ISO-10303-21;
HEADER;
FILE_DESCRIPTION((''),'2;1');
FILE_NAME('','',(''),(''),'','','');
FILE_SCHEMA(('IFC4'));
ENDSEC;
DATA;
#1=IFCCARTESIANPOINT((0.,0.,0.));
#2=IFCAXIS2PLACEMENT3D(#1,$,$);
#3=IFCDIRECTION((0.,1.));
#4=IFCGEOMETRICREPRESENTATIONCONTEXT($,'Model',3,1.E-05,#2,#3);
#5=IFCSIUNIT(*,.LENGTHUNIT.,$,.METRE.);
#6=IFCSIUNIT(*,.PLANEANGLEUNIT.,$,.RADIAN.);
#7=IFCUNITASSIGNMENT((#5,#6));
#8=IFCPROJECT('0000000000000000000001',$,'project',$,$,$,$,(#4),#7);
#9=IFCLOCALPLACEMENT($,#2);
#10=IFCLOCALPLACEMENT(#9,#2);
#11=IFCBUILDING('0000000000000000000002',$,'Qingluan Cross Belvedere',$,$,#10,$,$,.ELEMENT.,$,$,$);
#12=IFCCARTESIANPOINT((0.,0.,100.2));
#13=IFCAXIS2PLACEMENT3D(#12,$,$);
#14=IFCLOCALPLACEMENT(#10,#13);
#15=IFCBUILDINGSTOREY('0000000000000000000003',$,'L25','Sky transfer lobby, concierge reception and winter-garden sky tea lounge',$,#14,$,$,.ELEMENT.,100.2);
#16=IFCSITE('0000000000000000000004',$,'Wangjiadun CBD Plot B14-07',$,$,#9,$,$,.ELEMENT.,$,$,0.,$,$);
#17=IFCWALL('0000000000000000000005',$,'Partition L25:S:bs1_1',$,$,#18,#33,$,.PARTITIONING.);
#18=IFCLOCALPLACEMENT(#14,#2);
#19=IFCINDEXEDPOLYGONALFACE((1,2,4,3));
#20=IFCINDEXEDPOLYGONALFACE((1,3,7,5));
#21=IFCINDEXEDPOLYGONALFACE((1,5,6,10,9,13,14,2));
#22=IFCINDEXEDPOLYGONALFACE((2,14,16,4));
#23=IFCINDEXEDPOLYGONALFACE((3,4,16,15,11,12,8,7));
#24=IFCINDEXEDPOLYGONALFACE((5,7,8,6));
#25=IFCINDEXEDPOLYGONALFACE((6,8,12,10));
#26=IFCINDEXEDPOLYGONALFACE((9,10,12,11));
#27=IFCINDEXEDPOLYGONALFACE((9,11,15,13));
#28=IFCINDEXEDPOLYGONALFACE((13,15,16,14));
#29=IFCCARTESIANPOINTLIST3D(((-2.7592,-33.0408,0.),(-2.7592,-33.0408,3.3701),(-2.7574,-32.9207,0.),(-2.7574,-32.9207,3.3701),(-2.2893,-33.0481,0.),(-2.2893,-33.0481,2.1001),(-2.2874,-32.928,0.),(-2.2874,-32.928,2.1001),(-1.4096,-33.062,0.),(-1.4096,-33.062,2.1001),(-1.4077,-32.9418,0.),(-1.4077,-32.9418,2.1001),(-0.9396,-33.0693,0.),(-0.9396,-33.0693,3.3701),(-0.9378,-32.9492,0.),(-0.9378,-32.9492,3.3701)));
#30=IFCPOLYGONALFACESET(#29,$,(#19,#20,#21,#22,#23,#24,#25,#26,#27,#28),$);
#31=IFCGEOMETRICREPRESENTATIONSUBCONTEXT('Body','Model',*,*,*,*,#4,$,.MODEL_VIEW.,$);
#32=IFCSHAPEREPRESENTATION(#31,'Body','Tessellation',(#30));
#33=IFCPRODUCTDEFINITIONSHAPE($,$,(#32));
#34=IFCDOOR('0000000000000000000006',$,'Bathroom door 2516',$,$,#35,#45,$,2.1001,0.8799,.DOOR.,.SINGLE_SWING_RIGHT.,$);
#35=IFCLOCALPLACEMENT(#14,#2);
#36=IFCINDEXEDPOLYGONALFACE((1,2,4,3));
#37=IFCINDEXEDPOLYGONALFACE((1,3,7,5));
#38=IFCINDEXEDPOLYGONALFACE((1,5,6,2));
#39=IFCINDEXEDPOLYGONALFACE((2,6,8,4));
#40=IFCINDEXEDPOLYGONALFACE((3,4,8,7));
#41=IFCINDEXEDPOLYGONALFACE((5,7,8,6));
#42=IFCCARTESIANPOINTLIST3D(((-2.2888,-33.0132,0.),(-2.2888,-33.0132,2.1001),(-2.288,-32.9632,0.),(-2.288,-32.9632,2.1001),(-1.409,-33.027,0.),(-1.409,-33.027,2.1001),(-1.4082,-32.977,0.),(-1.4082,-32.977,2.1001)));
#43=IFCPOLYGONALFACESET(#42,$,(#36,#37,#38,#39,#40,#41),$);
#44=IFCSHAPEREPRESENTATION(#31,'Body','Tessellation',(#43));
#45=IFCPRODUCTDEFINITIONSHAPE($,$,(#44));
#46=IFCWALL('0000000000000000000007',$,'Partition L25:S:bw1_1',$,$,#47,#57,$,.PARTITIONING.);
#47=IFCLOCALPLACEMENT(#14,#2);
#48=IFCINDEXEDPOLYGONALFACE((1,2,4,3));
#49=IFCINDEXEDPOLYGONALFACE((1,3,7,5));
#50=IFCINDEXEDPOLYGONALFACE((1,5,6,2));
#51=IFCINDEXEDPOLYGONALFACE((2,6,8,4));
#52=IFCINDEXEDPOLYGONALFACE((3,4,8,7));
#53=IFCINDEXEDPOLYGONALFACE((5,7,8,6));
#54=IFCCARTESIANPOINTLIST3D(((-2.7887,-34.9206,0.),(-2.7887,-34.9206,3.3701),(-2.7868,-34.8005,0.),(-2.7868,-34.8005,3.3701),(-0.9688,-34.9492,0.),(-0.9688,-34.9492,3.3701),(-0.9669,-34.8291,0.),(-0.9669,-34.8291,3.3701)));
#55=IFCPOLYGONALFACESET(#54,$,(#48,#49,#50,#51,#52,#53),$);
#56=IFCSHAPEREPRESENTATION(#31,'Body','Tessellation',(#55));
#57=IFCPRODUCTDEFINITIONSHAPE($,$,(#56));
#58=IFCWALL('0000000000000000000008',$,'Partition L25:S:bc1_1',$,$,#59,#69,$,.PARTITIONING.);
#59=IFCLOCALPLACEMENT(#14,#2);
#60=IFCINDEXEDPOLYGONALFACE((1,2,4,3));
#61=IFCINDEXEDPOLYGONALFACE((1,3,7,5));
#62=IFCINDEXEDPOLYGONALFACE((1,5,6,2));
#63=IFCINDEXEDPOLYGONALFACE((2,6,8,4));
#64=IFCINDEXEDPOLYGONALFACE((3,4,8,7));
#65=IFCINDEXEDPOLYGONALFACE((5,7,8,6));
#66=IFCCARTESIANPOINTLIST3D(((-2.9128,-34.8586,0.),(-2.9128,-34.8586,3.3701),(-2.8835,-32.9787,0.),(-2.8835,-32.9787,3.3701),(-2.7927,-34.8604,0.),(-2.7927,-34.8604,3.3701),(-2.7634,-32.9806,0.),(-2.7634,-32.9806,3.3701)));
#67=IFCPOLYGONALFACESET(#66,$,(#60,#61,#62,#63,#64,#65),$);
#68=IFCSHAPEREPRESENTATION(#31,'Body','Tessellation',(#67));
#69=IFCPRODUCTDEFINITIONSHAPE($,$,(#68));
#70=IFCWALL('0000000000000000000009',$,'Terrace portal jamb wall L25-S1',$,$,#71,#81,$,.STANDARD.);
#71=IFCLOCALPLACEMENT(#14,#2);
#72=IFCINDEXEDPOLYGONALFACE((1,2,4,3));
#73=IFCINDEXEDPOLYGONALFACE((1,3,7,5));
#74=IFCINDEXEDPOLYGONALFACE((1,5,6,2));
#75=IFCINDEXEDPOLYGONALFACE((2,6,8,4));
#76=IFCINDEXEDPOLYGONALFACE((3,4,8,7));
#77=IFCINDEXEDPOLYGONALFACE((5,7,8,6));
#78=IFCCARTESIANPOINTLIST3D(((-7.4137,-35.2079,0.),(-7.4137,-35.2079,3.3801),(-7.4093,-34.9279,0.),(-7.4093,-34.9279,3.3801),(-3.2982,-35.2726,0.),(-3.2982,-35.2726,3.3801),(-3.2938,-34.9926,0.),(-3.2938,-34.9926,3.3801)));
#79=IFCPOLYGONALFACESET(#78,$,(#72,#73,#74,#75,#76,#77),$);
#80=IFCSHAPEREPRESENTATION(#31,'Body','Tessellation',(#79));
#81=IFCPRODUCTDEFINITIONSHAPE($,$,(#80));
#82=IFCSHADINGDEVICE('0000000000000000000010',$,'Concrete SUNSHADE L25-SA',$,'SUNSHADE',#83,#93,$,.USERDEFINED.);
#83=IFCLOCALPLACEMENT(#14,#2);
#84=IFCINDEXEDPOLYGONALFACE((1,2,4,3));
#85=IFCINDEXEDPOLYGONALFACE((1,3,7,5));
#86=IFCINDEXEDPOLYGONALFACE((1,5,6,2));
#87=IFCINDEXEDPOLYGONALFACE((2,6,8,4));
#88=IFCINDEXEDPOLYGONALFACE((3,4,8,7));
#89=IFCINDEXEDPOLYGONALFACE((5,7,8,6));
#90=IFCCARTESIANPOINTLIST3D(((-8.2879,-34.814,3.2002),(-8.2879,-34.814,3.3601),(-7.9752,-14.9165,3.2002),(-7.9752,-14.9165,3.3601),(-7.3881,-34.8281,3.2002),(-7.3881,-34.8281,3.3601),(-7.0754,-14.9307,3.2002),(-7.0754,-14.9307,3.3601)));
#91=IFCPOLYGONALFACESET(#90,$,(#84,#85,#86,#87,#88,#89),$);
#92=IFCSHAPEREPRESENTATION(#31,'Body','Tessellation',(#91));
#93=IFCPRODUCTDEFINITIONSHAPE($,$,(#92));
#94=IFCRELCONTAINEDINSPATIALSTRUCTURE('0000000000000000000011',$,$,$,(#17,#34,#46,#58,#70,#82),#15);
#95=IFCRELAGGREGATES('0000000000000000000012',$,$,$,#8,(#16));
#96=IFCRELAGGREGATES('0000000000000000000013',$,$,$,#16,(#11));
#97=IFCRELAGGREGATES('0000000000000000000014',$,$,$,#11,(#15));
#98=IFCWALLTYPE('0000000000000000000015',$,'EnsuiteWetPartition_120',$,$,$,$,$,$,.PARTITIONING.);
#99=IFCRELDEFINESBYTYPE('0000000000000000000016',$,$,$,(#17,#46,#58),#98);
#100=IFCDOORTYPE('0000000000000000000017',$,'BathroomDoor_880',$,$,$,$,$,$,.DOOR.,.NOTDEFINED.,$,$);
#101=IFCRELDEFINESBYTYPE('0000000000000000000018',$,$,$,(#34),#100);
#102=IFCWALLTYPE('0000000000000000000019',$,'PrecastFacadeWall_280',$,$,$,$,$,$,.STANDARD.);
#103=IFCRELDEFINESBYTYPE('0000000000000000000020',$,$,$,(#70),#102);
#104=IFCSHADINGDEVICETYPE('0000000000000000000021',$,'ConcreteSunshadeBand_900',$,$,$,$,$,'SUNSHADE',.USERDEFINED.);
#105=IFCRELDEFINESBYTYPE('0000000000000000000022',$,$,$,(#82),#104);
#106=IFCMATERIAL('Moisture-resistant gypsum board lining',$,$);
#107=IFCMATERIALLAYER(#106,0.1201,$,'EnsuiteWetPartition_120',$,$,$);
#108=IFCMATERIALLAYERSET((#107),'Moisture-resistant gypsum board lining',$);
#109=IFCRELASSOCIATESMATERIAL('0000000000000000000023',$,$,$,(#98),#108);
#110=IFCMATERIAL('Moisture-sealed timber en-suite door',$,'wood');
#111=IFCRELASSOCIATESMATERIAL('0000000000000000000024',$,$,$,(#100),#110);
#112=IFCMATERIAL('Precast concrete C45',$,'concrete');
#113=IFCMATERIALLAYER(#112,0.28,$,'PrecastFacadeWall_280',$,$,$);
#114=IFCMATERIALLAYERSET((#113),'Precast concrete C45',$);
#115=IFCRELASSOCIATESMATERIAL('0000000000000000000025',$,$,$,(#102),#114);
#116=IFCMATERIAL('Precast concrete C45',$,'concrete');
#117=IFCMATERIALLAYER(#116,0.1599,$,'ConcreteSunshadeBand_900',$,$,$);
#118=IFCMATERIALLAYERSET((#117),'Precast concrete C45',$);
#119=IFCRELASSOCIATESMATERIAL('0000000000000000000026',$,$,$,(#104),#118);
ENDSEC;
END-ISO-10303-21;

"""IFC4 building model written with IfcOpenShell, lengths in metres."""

from ifc_helpers import new_model, si_unit, direction, frame, frame_2d, origin, origin_2d, place, context, subcontext, project, spatial, rectangle, extrude, material, layer, layer_set, type_object, element, fill, save


model = new_model("IFC4")

# Units and contexts
model_context = context("Model", 3, precision=1e-05, world=origin(), true_north=direction((0.0, 1.0)))
body_context = subcontext(model_context, "Body", "Model", "MODEL_VIEW")
ifc_project = project(units=[si_unit("LENGTHUNIT", "METRE"), si_unit("PLANEANGLEUNIT", "RADIAN")], contexts=[model_context])

# Site, building, storey
site_placement = place(None, origin())
site = spatial("IfcSite", under=ifc_project, at=site_placement, Name="Wangjiadun CBD Plot B14-07", CompositionType="ELEMENT", RefElevation=0.0)
building_placement = place(site_placement, origin())
building = spatial("IfcBuilding", under=site, at=building_placement, Name="Qingluan Cross Belvedere", CompositionType="ELEMENT")
storey_placement = place(building_placement, frame((0.0, 0.0, 100.2)))
storey = spatial("IfcBuildingStorey", under=building, at=storey_placement, Name="L25", Description="Sky transfer lobby, concierge reception and winter-garden sky tea lounge", CompositionType="ELEMENT", Elevation=100.2)

# Wall, opening, door
ifc_material_1 = material(Name="Moisture-resistant gypsum board lining")
ifc_layer_1 = layer(ifc_material_1, 0.1201, Name="EnsuiteWetPartition_120")
ifc_layer_set_1 = layer_set([ifc_layer_1], Name="Moisture-resistant gypsum board lining")
wall_type_1 = type_object("IfcWallType", Name="EnsuiteWetPartition_120", PredefinedType="PARTITIONING", material=ifc_layer_set_1)
ifc_material_2 = material(Name="Moisture-sealed timber en-suite door", Category="wood")
door_type = type_object("IfcDoorType", Name="BathroomDoor_880", OperationType="NOTDEFINED", PredefinedType="DOOR", material=ifc_material_2)
wall_1_placement = place(storey_placement, frame((-2.7583, -32.9807, 0.0), z_axis=(0.0, 0.0, 1.0), x_axis=(0.999877, -0.015696, 0.0)))
wall_1 = element("IfcWall", 1, at=wall_1_placement, inside=storey, type_object=wall_type_1, Name="Partition L25:S:bs1_1", PredefinedType="PARTITIONING", context=body_context, shape_type="SweptSolid", body=[
    extrude(rectangle(XDim=1.8198, YDim=0.1201, at=frame_2d((0.9099, 0.0))), origin(), (0.0, 0.0, 1.0), 3.3701),
])
opening_1_placement = place(wall_1_placement, frame((0.47, 0.0, 0.0)))
opening_1 = element("IfcOpeningElement", 2, at=opening_1_placement, cuts=wall_1, PredefinedType="OPENING", context=body_context, shape_type="SweptSolid", body=[
    extrude(rectangle(XDim=0.8799, YDim=2.1001, at=frame_2d((0.4399, 1.05))), frame((0.0, 0.0701, 0.0), z_axis=(0.0, -1.0, 0.0), x_axis=(1.0, 0.0, 0.0)), (0.0, 0.0, 1.0), 0.1401),
])
door_1_placement = place(opening_1_placement, origin())
door_1 = element("IfcDoor", 3, at=door_1_placement, inside=storey, type_object=door_type, Name="Bathroom door 2516", OperationType="SINGLE_SWING_RIGHT", OverallHeight=2.1001, OverallWidth=0.8799, PredefinedType="DOOR", context=body_context, shape_type="SweptSolid", body=[
    extrude(rectangle(XDim=0.8799, YDim=2.1001, at=frame_2d((0.4399, 1.05))), frame((0.0, 0.0249, 0.0), z_axis=(0.0, -1.0, 0.0), x_axis=(1.0, 0.0, 0.0)), (0.0, 0.0, 1.0), 0.05),
])
fill(opening_1, door_1)

# Walls
wall_2_placement = place(storey_placement, frame((-2.7878, -34.8606, 0.0), z_axis=(0.0, 0.0, 1.0), x_axis=(0.999877, -0.015694, 0.0)))
element("IfcWall", 4, at=wall_2_placement, inside=storey, type_object=wall_type_1, Name="Partition L25:S:bw1_1", PredefinedType="PARTITIONING", context=body_context, shape_type="SweptSolid", body=[
    extrude(rectangle(XDim=1.8201, YDim=0.1201, at=frame_2d((0.9102, 0.0))), origin(), (0.0, 0.0, 1.0), 3.3701),
])
wall_3_placement = place(storey_placement, frame((-2.8235, -32.9797, 0.0), z_axis=(0.0, 0.0, 1.0), x_axis=(-0.015583, -0.999879, 0.0)))
element("IfcWall", 5, at=wall_3_placement, inside=storey, type_object=wall_type_1, Name="Partition L25:S:bc1_1", PredefinedType="PARTITIONING", context=body_context, shape_type="SweptSolid", body=[
    extrude(rectangle(XDim=1.8801, YDim=0.1201, at=frame_2d((0.9399, 0.0))), origin(), (0.0, 0.0, 1.0), 3.3701),
])
ifc_material_3 = material(Name="Precast concrete C45", Category="concrete")
ifc_layer_2 = layer(ifc_material_3, 0.28, Name="PrecastFacadeWall_280")
ifc_layer_set_2 = layer_set([ifc_layer_2], Name="Precast concrete C45")
wall_type_2 = type_object("IfcWallType", Name="PrecastFacadeWall_280", PredefinedType="STANDARD", material=ifc_layer_set_2)
wall_4_placement = place(storey_placement, frame((-7.4116, -35.0679, 0.0), z_axis=(0.0, 0.0, 1.0), x_axis=(0.999876, -0.015719, 0.0)))
element("IfcWall", 6, at=wall_4_placement, inside=storey, type_object=wall_type_2, Name="Terrace portal jamb wall L25-S1", PredefinedType="STANDARD", context=body_context, shape_type="SweptSolid", body=[
    extrude(rectangle(XDim=4.116, YDim=0.28, at=frame_2d((2.0581, 0.0))), origin(), (0.0, 0.0, 1.0), 3.3801),
])

# Shading device
ifc_material_4 = material(Name="Precast concrete C45", Category="concrete")
ifc_layer_3 = layer(ifc_material_4, 0.1599, Name="ConcreteSunshadeBand_900")
ifc_layer_set_3 = layer_set([ifc_layer_3], Name="Precast concrete C45")
shading_device_type = type_object("IfcShadingDeviceType", Name="ConcreteSunshadeBand_900", ElementType="SUNSHADE", PredefinedType="USERDEFINED", material=ifc_layer_set_3)
shading_device_placement = place(storey_placement, frame((-7.6816, -24.8723, 3.2002), z_axis=(0.0, 0.0, 1.0), x_axis=(-0.015711, -0.999877, 0.0)))
element("IfcShadingDevice", 7, at=shading_device_placement, inside=storey, type_object=shading_device_type, Name="Concrete SUNSHADE L25-SA", ObjectType="SUNSHADE", PredefinedType="USERDEFINED", context=body_context, shape_type="SweptSolid", body=[
    extrude(rectangle(XDim=19.8999, YDim=0.8999, at=origin_2d()), origin(), (0.0, 0.0, 1.0), 0.1599),
])

save(model, "model.ifc")
